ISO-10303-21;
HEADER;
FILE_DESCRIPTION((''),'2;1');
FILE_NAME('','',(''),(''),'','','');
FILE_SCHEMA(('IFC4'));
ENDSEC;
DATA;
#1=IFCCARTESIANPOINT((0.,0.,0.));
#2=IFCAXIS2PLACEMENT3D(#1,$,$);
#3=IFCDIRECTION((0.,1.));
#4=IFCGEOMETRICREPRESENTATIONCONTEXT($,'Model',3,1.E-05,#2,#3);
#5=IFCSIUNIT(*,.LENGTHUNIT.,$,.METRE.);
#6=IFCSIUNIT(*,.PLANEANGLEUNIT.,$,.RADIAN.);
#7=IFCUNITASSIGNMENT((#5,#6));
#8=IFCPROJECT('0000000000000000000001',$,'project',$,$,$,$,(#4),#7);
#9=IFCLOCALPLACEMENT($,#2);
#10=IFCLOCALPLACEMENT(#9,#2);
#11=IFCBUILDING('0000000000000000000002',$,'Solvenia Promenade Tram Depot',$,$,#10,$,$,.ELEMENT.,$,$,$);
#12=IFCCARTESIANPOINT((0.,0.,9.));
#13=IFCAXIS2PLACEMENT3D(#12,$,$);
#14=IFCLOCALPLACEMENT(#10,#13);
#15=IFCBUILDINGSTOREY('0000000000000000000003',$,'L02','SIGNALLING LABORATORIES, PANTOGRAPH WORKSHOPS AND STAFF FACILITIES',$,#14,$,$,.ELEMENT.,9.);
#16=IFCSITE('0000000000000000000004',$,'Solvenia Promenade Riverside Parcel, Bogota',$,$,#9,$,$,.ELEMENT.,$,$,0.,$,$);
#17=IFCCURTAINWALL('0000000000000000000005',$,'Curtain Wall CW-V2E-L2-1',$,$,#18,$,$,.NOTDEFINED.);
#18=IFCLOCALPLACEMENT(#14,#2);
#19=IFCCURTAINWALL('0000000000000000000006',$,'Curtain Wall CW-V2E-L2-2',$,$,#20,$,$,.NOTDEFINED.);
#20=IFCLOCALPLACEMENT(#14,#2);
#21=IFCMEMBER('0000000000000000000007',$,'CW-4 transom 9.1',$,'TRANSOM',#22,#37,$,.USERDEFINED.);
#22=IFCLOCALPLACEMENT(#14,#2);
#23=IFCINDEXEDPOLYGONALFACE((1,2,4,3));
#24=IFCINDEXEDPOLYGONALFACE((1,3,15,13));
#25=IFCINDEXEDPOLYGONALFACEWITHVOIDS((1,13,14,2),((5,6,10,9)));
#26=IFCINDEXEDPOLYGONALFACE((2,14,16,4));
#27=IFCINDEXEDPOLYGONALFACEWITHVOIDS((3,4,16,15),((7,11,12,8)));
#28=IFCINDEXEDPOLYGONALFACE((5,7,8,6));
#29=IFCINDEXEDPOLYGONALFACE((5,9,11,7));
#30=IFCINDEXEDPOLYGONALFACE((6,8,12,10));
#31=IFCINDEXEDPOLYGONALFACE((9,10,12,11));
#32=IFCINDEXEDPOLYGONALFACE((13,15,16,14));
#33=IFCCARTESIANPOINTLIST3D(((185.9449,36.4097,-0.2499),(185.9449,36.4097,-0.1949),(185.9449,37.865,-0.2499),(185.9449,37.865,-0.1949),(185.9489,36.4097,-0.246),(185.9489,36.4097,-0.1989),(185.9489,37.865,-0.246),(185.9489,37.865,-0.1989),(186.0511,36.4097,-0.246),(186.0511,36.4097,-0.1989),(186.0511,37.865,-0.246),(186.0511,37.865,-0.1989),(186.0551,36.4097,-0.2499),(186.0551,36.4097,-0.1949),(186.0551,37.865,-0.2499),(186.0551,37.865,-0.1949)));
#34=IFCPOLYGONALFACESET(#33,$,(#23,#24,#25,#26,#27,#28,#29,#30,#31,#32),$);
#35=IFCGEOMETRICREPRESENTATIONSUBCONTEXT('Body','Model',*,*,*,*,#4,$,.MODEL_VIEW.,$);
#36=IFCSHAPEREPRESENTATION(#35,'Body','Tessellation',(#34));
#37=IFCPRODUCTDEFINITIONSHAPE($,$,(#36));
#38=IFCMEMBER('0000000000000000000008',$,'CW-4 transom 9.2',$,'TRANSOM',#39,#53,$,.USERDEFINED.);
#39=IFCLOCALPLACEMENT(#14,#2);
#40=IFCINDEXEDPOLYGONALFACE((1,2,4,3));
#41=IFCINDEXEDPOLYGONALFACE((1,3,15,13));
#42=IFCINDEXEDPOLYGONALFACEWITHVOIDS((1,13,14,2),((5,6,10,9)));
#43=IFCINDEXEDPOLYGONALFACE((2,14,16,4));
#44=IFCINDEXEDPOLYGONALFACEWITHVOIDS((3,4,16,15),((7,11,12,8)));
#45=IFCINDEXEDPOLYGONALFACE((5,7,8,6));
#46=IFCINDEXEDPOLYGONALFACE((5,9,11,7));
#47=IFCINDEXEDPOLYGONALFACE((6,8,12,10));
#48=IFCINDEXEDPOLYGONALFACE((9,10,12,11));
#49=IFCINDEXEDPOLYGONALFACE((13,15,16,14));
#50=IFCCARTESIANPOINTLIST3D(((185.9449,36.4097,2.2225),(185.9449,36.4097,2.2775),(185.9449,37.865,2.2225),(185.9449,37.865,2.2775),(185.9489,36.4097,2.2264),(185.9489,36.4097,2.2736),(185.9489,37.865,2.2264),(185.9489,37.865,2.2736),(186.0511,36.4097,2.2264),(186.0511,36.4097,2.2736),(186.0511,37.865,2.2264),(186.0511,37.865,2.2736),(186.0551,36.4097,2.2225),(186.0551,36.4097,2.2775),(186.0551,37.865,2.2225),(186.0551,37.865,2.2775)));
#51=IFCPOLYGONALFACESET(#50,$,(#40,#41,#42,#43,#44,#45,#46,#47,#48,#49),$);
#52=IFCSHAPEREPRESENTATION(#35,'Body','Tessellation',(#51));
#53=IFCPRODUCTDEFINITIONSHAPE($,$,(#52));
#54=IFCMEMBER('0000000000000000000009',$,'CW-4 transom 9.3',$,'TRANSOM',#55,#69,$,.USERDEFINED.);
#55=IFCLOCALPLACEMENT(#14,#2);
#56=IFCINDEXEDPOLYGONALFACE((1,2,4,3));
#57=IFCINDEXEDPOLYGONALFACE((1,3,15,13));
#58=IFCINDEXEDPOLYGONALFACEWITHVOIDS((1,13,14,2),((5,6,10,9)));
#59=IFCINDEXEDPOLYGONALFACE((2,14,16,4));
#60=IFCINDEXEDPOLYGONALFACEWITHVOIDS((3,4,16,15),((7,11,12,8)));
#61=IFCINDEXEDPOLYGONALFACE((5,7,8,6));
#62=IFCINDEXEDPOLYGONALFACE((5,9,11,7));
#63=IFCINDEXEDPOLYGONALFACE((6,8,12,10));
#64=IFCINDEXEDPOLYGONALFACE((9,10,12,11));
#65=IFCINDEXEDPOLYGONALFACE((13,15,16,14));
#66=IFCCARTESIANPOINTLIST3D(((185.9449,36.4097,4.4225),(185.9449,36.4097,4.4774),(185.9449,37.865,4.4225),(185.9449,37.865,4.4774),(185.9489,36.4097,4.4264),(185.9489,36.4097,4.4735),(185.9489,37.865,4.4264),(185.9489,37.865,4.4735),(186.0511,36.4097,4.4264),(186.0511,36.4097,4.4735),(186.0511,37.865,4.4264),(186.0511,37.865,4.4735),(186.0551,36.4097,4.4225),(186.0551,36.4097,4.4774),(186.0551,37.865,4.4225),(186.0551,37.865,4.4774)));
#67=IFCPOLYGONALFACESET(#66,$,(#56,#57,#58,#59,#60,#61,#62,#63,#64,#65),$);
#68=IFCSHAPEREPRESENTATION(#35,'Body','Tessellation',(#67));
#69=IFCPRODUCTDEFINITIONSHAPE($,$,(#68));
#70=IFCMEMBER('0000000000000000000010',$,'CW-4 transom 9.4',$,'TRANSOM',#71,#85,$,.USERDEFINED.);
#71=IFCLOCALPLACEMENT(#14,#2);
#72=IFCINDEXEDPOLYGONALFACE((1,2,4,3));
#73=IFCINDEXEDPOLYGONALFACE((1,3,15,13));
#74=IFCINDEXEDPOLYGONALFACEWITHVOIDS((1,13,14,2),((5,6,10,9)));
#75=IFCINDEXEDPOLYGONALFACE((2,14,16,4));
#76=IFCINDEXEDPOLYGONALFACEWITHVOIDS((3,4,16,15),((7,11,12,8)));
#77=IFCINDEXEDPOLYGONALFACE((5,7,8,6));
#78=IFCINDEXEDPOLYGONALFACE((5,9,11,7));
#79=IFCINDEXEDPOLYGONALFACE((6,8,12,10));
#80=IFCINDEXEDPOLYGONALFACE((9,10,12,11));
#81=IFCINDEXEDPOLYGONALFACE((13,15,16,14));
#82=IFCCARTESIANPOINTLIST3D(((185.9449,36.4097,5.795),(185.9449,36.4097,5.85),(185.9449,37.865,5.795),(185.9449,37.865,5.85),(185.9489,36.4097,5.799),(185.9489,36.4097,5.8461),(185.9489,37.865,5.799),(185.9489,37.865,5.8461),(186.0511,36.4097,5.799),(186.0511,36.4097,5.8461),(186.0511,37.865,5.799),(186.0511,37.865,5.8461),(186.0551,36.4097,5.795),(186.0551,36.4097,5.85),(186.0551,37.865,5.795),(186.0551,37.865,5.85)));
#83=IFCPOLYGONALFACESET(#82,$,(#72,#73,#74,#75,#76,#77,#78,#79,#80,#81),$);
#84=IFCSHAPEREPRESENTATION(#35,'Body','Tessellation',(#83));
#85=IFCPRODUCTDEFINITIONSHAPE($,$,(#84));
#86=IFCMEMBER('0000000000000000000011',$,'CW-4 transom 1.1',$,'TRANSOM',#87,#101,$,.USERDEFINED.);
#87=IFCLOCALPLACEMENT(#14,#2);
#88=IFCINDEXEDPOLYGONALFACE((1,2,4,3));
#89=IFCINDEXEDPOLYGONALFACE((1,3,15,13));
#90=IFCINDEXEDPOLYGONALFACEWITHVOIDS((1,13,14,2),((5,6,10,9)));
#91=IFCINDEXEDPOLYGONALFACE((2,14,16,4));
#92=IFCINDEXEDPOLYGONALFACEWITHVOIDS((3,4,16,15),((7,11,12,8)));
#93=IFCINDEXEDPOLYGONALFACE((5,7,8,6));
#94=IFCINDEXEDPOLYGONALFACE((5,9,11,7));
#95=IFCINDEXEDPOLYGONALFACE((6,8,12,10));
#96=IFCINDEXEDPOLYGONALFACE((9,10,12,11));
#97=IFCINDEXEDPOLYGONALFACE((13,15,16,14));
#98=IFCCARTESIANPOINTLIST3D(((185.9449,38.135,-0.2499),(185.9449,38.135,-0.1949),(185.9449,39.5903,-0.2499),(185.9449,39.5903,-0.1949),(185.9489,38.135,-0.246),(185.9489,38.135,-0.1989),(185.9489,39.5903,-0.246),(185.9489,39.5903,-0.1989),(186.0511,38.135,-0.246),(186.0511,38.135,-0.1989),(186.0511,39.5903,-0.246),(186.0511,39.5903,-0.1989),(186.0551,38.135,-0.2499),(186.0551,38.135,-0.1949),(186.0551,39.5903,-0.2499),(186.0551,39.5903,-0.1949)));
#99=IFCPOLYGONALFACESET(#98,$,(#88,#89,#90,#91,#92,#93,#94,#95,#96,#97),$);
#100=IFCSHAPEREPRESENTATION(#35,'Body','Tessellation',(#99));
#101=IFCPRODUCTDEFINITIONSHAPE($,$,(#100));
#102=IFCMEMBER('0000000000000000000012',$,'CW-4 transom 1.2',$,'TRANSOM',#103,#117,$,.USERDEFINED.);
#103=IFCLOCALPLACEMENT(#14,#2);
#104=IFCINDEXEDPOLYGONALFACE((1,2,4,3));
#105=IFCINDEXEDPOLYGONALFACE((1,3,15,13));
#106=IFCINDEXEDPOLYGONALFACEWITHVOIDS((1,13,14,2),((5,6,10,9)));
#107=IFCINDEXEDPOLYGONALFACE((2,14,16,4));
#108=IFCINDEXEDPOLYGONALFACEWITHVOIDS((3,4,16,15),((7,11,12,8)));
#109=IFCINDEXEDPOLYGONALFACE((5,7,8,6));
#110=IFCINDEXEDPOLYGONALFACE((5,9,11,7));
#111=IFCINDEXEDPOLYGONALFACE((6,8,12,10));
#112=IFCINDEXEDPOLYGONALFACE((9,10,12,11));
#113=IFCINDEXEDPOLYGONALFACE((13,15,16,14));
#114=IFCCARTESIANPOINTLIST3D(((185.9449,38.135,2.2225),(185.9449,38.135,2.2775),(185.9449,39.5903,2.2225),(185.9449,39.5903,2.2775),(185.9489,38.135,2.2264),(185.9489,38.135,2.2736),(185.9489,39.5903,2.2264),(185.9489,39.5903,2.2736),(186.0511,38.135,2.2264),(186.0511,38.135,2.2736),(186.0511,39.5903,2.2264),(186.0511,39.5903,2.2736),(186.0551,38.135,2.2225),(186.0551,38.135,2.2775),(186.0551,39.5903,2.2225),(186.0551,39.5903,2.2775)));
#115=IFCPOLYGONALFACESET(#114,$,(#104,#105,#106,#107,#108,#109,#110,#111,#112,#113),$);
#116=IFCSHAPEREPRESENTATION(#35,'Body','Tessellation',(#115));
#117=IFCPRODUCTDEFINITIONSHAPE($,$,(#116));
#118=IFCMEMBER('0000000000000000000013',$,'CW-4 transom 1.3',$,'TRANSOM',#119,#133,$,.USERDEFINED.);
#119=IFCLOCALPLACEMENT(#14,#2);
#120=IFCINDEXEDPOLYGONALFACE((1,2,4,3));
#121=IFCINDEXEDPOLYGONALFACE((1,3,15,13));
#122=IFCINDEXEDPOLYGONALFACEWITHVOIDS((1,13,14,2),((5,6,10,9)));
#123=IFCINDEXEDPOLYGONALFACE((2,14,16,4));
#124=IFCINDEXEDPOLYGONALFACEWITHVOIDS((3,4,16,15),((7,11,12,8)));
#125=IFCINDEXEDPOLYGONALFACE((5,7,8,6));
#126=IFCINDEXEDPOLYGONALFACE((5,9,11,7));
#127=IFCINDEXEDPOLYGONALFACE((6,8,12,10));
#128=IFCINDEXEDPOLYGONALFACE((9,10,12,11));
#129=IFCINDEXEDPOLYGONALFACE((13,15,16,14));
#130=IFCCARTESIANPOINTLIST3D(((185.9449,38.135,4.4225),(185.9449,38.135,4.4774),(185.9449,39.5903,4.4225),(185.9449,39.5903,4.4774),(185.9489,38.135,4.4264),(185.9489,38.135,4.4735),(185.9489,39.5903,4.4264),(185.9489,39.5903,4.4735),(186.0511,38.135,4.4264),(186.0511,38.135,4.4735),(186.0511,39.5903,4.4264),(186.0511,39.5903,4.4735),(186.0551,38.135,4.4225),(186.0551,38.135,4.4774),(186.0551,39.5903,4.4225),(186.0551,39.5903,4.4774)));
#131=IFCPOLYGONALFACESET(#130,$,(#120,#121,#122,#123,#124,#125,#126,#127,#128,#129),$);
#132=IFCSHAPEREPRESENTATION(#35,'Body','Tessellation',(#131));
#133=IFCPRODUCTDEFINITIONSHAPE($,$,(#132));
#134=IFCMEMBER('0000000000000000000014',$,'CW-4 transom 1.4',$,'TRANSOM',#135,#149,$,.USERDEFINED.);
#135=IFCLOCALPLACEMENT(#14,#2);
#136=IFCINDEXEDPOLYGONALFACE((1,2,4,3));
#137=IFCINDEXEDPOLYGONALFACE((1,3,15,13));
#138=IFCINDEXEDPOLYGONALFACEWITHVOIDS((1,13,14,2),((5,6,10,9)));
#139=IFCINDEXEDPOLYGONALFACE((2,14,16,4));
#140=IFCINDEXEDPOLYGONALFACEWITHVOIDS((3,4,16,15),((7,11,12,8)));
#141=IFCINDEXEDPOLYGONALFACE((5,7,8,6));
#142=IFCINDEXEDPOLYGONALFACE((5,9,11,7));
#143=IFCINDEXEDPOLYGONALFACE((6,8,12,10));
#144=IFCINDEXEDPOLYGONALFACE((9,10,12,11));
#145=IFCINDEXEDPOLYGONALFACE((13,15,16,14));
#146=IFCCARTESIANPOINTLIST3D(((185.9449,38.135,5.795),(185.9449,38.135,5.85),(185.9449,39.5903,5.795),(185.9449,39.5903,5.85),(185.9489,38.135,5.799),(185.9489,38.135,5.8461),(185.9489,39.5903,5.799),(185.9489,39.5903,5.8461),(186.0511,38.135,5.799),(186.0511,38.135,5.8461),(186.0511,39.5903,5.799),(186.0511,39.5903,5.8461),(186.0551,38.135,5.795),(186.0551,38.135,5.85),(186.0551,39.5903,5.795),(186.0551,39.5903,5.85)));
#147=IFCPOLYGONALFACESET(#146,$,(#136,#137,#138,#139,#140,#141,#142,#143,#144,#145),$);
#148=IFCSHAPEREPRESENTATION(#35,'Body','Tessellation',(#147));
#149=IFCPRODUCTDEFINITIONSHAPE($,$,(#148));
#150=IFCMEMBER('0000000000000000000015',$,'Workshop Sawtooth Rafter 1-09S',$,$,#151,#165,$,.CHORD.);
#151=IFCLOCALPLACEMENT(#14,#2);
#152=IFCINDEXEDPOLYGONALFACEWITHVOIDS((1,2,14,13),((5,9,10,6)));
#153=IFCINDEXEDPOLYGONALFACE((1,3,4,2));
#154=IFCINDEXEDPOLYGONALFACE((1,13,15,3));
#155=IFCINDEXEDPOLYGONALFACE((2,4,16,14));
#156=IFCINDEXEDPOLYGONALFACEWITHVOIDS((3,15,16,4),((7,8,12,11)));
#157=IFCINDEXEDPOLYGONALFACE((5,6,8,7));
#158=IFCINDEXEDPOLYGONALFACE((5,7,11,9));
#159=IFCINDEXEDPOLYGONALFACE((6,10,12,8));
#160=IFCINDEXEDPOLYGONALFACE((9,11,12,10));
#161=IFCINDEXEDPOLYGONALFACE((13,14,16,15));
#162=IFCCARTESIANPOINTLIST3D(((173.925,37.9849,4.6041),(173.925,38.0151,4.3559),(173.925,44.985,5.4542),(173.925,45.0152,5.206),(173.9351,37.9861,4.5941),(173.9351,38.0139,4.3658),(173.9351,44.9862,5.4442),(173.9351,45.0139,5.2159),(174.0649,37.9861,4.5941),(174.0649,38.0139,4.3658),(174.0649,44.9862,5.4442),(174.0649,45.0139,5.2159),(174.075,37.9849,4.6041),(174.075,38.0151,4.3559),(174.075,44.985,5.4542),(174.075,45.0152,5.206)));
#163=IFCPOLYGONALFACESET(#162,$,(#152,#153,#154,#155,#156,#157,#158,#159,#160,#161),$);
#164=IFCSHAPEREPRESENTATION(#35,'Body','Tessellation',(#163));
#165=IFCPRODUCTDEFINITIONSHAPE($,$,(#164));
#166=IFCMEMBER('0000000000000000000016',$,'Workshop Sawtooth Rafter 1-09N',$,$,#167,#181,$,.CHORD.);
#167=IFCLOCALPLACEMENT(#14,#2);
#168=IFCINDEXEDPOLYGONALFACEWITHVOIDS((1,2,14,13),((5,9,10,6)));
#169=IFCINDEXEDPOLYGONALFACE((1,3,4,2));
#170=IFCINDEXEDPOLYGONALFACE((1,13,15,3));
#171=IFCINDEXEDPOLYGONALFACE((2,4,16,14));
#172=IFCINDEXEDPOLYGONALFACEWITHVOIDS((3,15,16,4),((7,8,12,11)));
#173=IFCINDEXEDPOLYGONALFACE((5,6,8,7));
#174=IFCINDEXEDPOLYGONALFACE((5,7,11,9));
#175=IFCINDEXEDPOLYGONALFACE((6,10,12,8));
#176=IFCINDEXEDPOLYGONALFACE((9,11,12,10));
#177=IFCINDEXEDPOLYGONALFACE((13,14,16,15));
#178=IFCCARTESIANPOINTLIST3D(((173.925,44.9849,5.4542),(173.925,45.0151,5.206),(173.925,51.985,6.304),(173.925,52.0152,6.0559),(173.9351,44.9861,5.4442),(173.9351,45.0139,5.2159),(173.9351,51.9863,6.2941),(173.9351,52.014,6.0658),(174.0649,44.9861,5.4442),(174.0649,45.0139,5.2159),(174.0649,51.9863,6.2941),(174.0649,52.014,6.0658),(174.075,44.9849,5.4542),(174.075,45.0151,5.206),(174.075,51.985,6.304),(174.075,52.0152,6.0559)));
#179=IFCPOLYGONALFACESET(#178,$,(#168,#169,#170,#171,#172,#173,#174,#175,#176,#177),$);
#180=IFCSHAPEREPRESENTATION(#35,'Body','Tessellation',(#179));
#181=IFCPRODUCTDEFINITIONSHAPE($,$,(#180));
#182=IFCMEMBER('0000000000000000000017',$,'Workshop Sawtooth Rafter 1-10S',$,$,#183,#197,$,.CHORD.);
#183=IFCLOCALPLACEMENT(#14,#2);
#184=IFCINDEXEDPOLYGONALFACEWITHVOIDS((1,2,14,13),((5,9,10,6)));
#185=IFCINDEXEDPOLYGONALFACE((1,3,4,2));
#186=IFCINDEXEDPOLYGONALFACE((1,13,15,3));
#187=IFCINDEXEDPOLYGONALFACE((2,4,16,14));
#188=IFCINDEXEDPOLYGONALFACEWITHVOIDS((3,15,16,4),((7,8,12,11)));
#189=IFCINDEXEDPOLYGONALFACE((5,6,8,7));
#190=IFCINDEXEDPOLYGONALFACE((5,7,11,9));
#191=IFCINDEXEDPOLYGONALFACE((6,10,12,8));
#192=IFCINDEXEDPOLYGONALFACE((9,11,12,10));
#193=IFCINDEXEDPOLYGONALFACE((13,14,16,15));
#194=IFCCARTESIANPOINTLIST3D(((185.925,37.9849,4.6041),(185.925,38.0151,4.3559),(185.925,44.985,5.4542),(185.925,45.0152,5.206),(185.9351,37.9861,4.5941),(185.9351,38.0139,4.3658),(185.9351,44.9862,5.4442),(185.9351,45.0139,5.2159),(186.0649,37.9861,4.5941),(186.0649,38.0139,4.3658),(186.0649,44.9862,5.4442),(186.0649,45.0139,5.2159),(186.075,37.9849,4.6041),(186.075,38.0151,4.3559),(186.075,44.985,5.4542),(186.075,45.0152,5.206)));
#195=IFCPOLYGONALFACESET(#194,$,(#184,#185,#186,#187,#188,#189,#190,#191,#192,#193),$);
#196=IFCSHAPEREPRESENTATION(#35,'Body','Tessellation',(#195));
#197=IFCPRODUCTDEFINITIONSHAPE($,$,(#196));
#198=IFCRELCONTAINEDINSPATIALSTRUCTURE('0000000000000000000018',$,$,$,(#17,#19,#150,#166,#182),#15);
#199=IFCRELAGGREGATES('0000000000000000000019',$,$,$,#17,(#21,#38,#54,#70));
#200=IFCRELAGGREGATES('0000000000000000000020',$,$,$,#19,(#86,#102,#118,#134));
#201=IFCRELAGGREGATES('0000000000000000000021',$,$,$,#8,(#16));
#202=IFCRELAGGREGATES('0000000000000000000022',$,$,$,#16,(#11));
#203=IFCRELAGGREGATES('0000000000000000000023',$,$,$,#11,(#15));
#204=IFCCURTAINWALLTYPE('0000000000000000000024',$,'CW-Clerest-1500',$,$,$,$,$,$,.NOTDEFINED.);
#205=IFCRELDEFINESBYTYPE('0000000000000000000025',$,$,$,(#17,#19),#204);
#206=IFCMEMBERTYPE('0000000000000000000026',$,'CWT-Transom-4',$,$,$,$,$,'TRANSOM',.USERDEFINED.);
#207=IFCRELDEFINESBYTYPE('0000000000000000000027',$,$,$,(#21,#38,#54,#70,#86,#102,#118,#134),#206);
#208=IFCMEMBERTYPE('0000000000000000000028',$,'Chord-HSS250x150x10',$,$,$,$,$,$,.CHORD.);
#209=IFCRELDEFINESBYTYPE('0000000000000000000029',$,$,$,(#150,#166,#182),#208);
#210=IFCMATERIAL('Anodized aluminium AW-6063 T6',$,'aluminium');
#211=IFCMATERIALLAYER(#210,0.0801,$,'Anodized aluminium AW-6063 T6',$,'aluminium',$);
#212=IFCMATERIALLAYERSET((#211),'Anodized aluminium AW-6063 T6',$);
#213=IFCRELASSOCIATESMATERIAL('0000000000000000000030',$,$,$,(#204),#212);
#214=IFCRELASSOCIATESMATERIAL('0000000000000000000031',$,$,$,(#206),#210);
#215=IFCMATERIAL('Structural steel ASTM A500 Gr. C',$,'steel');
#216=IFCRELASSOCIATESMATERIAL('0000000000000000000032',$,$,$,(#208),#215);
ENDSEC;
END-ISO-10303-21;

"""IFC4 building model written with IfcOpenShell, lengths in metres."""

from ifc_helpers import new_model, si_unit, direction, frame, origin, origin_2d, place, context, subcontext, project, spatial, hollow_rectangle, extrude, material, layer, layer_set, material_profile, profile_set, type_object, element, aggregate, save


model = new_model("IFC4")

# Units and contexts
model_context = context("Model", 3, precision=1e-05, world=origin(), true_north=direction((0.0, 1.0)))
body_context = subcontext(model_context, "Body", "Model", "MODEL_VIEW")
ifc_project = project(units=[si_unit("LENGTHUNIT", "METRE"), si_unit("PLANEANGLEUNIT", "RADIAN")], contexts=[model_context])

# Site, building, storey
site_placement = place(None, origin())
site = spatial("IfcSite", under=ifc_project, at=site_placement, Name="Solvenia Promenade Riverside Parcel, Bogota", CompositionType="ELEMENT", RefElevation=0.0)
building_placement = place(site_placement, origin())
building = spatial("IfcBuilding", under=site, at=building_placement, Name="Solvenia Promenade Tram Depot", CompositionType="ELEMENT")
storey_placement = place(building_placement, frame((0.0, 0.0, 9.0)))
storey = spatial("IfcBuildingStorey", under=building, at=storey_placement, Name="L02", Description="SIGNALLING LABORATORIES, PANTOGRAPH WORKSHOPS AND STAFF FACILITIES", CompositionType="ELEMENT", Elevation=9.0)

# Curtain wall
ifc_material_1 = material(Name="Anodized aluminium AW-6063 T6", Category="aluminium")
ifc_layer_1 = layer(ifc_material_1, 0.0801, Name="Anodized aluminium AW-6063 T6", Category="aluminium")
ifc_layer_set_1 = layer_set([ifc_layer_1], Name="Anodized aluminium AW-6063 T6")
curtain_wall_type = type_object("IfcCurtainWallType", Name="CW-Clerest-1500", PredefinedType="NOTDEFINED", material=ifc_layer_set_1)
curtain_wall_1_placement = place(storey_placement, origin())
curtain_wall_1 = element("IfcCurtainWall", 1, at=curtain_wall_1_placement, inside=storey, type_object=curtain_wall_type, Name="Curtain Wall CW-V2E-L2-1", PredefinedType="NOTDEFINED")

# Curtain wall
curtain_wall_2_placement = place(storey_placement, origin())
curtain_wall_2 = element("IfcCurtainWall", 2, at=curtain_wall_2_placement, inside=storey, type_object=curtain_wall_type, Name="Curtain Wall CW-V2E-L2-2", PredefinedType="NOTDEFINED")

# Members
ifc_material_profile_1 = material_profile(ifc_material_1, hollow_rectangle(XDim=0.1101, YDim=0.0549, WallThickness=0.0039, at=origin_2d()), Name="ALU-T4", Category="aluminium")
ifc_profile_set_1 = profile_set([ifc_material_profile_1], Name="Anodized aluminium AW-6063 T6")
member_type_1 = type_object("IfcMemberType", Name="CWT-Transom-4", ElementType="TRANSOM", PredefinedType="USERDEFINED", material=ifc_profile_set_1)
member_1_placement = place(storey_placement, frame((186.0, 36.4097, -0.2224), z_axis=(0.0, 1.0, 0.0), x_axis=(-1.0, 0.0, 0.0)))
member_1 = element("IfcMember", 3, at=member_1_placement, type_object=member_type_1, Name="CW-4 transom 9.1", ObjectType="TRANSOM", PredefinedType="USERDEFINED", context=body_context, shape_type="SweptSolid", body=[
    extrude(hollow_rectangle(XDim=0.1101, YDim=0.0549, WallThickness=0.0039, at=origin_2d()), origin(), (0.0, 0.0, 1.0), 1.4553),
])
member_2_placement = place(storey_placement, frame((186.0, 36.4097, 2.25), z_axis=(0.0, 1.0, 0.0), x_axis=(-1.0, 0.0, 0.0)))
member_2 = element("IfcMember", 4, at=member_2_placement, type_object=member_type_1, Name="CW-4 transom 9.2", ObjectType="TRANSOM", PredefinedType="USERDEFINED", context=body_context, shape_type="SweptSolid", body=[
    extrude(hollow_rectangle(XDim=0.1101, YDim=0.0549, WallThickness=0.0039, at=origin_2d()), origin(), (0.0, 0.0, 1.0), 1.4553),
])
member_3_placement = place(storey_placement, frame((186.0, 36.4097, 4.45), z_axis=(0.0, 1.0, 0.0), x_axis=(-1.0, 0.0, 0.0)))
member_3 = element("IfcMember", 5, at=member_3_placement, type_object=member_type_1, Name="CW-4 transom 9.3", ObjectType="TRANSOM", PredefinedType="USERDEFINED", context=body_context, shape_type="SweptSolid", body=[
    extrude(hollow_rectangle(XDim=0.1101, YDim=0.0549, WallThickness=0.0039, at=origin_2d()), origin(), (0.0, 0.0, 1.0), 1.4553),
])
member_4_placement = place(storey_placement, frame((186.0, 36.4097, 5.8225), z_axis=(0.0, 1.0, 0.0), x_axis=(-1.0, 0.0, 0.0)))
member_4 = element("IfcMember", 6, at=member_4_placement, type_object=member_type_1, Name="CW-4 transom 9.4", ObjectType="TRANSOM", PredefinedType="USERDEFINED", context=body_context, shape_type="SweptSolid", body=[
    extrude(hollow_rectangle(XDim=0.1101, YDim=0.0549, WallThickness=0.0039, at=origin_2d()), origin(), (0.0, 0.0, 1.0), 1.4553),
])
member_5_placement = place(storey_placement, frame((186.0, 38.135, -0.2224), z_axis=(0.0, 1.0, 0.0), x_axis=(-1.0, 0.0, 0.0)))
member_5 = element("IfcMember", 7, at=member_5_placement, type_object=member_type_1, Name="CW-4 transom 1.1", ObjectType="TRANSOM", PredefinedType="USERDEFINED", context=body_context, shape_type="SweptSolid", body=[
    extrude(hollow_rectangle(XDim=0.1101, YDim=0.0549, WallThickness=0.0039, at=origin_2d()), origin(), (0.0, 0.0, 1.0), 1.4553),
])
member_6_placement = place(storey_placement, frame((186.0, 38.135, 2.25), z_axis=(0.0, 1.0, 0.0), x_axis=(-1.0, 0.0, 0.0)))
member_6 = element("IfcMember", 8, at=member_6_placement, type_object=member_type_1, Name="CW-4 transom 1.2", ObjectType="TRANSOM", PredefinedType="USERDEFINED", context=body_context, shape_type="SweptSolid", body=[
    extrude(hollow_rectangle(XDim=0.1101, YDim=0.0549, WallThickness=0.0039, at=origin_2d()), origin(), (0.0, 0.0, 1.0), 1.4553),
])
member_7_placement = place(storey_placement, frame((186.0, 38.135, 4.45), z_axis=(0.0, 1.0, 0.0), x_axis=(-1.0, 0.0, 0.0)))
member_7 = element("IfcMember", 9, at=member_7_placement, type_object=member_type_1, Name="CW-4 transom 1.3", ObjectType="TRANSOM", PredefinedType="USERDEFINED", context=body_context, shape_type="SweptSolid", body=[
    extrude(hollow_rectangle(XDim=0.1101, YDim=0.0549, WallThickness=0.0039, at=origin_2d()), origin(), (0.0, 0.0, 1.0), 1.4553),
])
member_8_placement = place(storey_placement, frame((186.0, 38.135, 5.8225), z_axis=(0.0, 1.0, 0.0), x_axis=(-1.0, 0.0, 0.0)))
member_8 = element("IfcMember", 10, at=member_8_placement, type_object=member_type_1, Name="CW-4 transom 1.4", ObjectType="TRANSOM", PredefinedType="USERDEFINED", context=body_context, shape_type="SweptSolid", body=[
    extrude(hollow_rectangle(XDim=0.1101, YDim=0.0549, WallThickness=0.0039, at=origin_2d()), origin(), (0.0, 0.0, 1.0), 1.4553),
])

# Members
ifc_material_2 = material(Name="Structural steel ASTM A500 Gr. C", Category="steel")
ifc_material_profile_2 = material_profile(ifc_material_2, hollow_rectangle(XDim=0.1499, YDim=0.25, WallThickness=0.01, at=origin_2d()), Name="HSS250x150x10", Category="steel")
ifc_profile_set_2 = profile_set([ifc_material_profile_2], Name="Structural steel ASTM A500 Gr. C")
member_type_2 = type_object("IfcMemberType", Name="Chord-HSS250x150x10", PredefinedType="CHORD", material=ifc_profile_set_2)
for number, where, z_axis, x_axis, name in (
    (11, (174.0, 38.0, 4.48), (0.0, 0.992706, 0.120557), (-1.0, 0.0, 0.0), "Workshop Sawtooth Rafter 1-09S"),
    (12, (174.0, 45.0, 5.3301), (0.0, 0.992711, 0.120523), (-1.0, 0.0, 0.0), "Workshop Sawtooth Rafter 1-09N"),
    (13, (186.0, 38.0, 4.48), (0.0, 0.992706, 0.120557), (-1.0, 0.0, 0.0), "Workshop Sawtooth Rafter 1-10S"),
):
    element("IfcMember", number, at=place(storey_placement, frame(where, z_axis=z_axis, x_axis=x_axis)), inside=storey, type_object=member_type_2, Name=name, PredefinedType="CHORD", context=body_context, shape_type="SweptSolid", body=[
        extrude(hollow_rectangle(XDim=0.1499, YDim=0.25, WallThickness=0.01, at=origin_2d()), origin(), (0.0, 0.0, 1.0), 7.0515),
    ])

aggregate(curtain_wall_1, [member_1, member_2, member_3, member_4])
aggregate(curtain_wall_2, [member_5, member_6, member_7, member_8])

save(model, "model.ifc")
